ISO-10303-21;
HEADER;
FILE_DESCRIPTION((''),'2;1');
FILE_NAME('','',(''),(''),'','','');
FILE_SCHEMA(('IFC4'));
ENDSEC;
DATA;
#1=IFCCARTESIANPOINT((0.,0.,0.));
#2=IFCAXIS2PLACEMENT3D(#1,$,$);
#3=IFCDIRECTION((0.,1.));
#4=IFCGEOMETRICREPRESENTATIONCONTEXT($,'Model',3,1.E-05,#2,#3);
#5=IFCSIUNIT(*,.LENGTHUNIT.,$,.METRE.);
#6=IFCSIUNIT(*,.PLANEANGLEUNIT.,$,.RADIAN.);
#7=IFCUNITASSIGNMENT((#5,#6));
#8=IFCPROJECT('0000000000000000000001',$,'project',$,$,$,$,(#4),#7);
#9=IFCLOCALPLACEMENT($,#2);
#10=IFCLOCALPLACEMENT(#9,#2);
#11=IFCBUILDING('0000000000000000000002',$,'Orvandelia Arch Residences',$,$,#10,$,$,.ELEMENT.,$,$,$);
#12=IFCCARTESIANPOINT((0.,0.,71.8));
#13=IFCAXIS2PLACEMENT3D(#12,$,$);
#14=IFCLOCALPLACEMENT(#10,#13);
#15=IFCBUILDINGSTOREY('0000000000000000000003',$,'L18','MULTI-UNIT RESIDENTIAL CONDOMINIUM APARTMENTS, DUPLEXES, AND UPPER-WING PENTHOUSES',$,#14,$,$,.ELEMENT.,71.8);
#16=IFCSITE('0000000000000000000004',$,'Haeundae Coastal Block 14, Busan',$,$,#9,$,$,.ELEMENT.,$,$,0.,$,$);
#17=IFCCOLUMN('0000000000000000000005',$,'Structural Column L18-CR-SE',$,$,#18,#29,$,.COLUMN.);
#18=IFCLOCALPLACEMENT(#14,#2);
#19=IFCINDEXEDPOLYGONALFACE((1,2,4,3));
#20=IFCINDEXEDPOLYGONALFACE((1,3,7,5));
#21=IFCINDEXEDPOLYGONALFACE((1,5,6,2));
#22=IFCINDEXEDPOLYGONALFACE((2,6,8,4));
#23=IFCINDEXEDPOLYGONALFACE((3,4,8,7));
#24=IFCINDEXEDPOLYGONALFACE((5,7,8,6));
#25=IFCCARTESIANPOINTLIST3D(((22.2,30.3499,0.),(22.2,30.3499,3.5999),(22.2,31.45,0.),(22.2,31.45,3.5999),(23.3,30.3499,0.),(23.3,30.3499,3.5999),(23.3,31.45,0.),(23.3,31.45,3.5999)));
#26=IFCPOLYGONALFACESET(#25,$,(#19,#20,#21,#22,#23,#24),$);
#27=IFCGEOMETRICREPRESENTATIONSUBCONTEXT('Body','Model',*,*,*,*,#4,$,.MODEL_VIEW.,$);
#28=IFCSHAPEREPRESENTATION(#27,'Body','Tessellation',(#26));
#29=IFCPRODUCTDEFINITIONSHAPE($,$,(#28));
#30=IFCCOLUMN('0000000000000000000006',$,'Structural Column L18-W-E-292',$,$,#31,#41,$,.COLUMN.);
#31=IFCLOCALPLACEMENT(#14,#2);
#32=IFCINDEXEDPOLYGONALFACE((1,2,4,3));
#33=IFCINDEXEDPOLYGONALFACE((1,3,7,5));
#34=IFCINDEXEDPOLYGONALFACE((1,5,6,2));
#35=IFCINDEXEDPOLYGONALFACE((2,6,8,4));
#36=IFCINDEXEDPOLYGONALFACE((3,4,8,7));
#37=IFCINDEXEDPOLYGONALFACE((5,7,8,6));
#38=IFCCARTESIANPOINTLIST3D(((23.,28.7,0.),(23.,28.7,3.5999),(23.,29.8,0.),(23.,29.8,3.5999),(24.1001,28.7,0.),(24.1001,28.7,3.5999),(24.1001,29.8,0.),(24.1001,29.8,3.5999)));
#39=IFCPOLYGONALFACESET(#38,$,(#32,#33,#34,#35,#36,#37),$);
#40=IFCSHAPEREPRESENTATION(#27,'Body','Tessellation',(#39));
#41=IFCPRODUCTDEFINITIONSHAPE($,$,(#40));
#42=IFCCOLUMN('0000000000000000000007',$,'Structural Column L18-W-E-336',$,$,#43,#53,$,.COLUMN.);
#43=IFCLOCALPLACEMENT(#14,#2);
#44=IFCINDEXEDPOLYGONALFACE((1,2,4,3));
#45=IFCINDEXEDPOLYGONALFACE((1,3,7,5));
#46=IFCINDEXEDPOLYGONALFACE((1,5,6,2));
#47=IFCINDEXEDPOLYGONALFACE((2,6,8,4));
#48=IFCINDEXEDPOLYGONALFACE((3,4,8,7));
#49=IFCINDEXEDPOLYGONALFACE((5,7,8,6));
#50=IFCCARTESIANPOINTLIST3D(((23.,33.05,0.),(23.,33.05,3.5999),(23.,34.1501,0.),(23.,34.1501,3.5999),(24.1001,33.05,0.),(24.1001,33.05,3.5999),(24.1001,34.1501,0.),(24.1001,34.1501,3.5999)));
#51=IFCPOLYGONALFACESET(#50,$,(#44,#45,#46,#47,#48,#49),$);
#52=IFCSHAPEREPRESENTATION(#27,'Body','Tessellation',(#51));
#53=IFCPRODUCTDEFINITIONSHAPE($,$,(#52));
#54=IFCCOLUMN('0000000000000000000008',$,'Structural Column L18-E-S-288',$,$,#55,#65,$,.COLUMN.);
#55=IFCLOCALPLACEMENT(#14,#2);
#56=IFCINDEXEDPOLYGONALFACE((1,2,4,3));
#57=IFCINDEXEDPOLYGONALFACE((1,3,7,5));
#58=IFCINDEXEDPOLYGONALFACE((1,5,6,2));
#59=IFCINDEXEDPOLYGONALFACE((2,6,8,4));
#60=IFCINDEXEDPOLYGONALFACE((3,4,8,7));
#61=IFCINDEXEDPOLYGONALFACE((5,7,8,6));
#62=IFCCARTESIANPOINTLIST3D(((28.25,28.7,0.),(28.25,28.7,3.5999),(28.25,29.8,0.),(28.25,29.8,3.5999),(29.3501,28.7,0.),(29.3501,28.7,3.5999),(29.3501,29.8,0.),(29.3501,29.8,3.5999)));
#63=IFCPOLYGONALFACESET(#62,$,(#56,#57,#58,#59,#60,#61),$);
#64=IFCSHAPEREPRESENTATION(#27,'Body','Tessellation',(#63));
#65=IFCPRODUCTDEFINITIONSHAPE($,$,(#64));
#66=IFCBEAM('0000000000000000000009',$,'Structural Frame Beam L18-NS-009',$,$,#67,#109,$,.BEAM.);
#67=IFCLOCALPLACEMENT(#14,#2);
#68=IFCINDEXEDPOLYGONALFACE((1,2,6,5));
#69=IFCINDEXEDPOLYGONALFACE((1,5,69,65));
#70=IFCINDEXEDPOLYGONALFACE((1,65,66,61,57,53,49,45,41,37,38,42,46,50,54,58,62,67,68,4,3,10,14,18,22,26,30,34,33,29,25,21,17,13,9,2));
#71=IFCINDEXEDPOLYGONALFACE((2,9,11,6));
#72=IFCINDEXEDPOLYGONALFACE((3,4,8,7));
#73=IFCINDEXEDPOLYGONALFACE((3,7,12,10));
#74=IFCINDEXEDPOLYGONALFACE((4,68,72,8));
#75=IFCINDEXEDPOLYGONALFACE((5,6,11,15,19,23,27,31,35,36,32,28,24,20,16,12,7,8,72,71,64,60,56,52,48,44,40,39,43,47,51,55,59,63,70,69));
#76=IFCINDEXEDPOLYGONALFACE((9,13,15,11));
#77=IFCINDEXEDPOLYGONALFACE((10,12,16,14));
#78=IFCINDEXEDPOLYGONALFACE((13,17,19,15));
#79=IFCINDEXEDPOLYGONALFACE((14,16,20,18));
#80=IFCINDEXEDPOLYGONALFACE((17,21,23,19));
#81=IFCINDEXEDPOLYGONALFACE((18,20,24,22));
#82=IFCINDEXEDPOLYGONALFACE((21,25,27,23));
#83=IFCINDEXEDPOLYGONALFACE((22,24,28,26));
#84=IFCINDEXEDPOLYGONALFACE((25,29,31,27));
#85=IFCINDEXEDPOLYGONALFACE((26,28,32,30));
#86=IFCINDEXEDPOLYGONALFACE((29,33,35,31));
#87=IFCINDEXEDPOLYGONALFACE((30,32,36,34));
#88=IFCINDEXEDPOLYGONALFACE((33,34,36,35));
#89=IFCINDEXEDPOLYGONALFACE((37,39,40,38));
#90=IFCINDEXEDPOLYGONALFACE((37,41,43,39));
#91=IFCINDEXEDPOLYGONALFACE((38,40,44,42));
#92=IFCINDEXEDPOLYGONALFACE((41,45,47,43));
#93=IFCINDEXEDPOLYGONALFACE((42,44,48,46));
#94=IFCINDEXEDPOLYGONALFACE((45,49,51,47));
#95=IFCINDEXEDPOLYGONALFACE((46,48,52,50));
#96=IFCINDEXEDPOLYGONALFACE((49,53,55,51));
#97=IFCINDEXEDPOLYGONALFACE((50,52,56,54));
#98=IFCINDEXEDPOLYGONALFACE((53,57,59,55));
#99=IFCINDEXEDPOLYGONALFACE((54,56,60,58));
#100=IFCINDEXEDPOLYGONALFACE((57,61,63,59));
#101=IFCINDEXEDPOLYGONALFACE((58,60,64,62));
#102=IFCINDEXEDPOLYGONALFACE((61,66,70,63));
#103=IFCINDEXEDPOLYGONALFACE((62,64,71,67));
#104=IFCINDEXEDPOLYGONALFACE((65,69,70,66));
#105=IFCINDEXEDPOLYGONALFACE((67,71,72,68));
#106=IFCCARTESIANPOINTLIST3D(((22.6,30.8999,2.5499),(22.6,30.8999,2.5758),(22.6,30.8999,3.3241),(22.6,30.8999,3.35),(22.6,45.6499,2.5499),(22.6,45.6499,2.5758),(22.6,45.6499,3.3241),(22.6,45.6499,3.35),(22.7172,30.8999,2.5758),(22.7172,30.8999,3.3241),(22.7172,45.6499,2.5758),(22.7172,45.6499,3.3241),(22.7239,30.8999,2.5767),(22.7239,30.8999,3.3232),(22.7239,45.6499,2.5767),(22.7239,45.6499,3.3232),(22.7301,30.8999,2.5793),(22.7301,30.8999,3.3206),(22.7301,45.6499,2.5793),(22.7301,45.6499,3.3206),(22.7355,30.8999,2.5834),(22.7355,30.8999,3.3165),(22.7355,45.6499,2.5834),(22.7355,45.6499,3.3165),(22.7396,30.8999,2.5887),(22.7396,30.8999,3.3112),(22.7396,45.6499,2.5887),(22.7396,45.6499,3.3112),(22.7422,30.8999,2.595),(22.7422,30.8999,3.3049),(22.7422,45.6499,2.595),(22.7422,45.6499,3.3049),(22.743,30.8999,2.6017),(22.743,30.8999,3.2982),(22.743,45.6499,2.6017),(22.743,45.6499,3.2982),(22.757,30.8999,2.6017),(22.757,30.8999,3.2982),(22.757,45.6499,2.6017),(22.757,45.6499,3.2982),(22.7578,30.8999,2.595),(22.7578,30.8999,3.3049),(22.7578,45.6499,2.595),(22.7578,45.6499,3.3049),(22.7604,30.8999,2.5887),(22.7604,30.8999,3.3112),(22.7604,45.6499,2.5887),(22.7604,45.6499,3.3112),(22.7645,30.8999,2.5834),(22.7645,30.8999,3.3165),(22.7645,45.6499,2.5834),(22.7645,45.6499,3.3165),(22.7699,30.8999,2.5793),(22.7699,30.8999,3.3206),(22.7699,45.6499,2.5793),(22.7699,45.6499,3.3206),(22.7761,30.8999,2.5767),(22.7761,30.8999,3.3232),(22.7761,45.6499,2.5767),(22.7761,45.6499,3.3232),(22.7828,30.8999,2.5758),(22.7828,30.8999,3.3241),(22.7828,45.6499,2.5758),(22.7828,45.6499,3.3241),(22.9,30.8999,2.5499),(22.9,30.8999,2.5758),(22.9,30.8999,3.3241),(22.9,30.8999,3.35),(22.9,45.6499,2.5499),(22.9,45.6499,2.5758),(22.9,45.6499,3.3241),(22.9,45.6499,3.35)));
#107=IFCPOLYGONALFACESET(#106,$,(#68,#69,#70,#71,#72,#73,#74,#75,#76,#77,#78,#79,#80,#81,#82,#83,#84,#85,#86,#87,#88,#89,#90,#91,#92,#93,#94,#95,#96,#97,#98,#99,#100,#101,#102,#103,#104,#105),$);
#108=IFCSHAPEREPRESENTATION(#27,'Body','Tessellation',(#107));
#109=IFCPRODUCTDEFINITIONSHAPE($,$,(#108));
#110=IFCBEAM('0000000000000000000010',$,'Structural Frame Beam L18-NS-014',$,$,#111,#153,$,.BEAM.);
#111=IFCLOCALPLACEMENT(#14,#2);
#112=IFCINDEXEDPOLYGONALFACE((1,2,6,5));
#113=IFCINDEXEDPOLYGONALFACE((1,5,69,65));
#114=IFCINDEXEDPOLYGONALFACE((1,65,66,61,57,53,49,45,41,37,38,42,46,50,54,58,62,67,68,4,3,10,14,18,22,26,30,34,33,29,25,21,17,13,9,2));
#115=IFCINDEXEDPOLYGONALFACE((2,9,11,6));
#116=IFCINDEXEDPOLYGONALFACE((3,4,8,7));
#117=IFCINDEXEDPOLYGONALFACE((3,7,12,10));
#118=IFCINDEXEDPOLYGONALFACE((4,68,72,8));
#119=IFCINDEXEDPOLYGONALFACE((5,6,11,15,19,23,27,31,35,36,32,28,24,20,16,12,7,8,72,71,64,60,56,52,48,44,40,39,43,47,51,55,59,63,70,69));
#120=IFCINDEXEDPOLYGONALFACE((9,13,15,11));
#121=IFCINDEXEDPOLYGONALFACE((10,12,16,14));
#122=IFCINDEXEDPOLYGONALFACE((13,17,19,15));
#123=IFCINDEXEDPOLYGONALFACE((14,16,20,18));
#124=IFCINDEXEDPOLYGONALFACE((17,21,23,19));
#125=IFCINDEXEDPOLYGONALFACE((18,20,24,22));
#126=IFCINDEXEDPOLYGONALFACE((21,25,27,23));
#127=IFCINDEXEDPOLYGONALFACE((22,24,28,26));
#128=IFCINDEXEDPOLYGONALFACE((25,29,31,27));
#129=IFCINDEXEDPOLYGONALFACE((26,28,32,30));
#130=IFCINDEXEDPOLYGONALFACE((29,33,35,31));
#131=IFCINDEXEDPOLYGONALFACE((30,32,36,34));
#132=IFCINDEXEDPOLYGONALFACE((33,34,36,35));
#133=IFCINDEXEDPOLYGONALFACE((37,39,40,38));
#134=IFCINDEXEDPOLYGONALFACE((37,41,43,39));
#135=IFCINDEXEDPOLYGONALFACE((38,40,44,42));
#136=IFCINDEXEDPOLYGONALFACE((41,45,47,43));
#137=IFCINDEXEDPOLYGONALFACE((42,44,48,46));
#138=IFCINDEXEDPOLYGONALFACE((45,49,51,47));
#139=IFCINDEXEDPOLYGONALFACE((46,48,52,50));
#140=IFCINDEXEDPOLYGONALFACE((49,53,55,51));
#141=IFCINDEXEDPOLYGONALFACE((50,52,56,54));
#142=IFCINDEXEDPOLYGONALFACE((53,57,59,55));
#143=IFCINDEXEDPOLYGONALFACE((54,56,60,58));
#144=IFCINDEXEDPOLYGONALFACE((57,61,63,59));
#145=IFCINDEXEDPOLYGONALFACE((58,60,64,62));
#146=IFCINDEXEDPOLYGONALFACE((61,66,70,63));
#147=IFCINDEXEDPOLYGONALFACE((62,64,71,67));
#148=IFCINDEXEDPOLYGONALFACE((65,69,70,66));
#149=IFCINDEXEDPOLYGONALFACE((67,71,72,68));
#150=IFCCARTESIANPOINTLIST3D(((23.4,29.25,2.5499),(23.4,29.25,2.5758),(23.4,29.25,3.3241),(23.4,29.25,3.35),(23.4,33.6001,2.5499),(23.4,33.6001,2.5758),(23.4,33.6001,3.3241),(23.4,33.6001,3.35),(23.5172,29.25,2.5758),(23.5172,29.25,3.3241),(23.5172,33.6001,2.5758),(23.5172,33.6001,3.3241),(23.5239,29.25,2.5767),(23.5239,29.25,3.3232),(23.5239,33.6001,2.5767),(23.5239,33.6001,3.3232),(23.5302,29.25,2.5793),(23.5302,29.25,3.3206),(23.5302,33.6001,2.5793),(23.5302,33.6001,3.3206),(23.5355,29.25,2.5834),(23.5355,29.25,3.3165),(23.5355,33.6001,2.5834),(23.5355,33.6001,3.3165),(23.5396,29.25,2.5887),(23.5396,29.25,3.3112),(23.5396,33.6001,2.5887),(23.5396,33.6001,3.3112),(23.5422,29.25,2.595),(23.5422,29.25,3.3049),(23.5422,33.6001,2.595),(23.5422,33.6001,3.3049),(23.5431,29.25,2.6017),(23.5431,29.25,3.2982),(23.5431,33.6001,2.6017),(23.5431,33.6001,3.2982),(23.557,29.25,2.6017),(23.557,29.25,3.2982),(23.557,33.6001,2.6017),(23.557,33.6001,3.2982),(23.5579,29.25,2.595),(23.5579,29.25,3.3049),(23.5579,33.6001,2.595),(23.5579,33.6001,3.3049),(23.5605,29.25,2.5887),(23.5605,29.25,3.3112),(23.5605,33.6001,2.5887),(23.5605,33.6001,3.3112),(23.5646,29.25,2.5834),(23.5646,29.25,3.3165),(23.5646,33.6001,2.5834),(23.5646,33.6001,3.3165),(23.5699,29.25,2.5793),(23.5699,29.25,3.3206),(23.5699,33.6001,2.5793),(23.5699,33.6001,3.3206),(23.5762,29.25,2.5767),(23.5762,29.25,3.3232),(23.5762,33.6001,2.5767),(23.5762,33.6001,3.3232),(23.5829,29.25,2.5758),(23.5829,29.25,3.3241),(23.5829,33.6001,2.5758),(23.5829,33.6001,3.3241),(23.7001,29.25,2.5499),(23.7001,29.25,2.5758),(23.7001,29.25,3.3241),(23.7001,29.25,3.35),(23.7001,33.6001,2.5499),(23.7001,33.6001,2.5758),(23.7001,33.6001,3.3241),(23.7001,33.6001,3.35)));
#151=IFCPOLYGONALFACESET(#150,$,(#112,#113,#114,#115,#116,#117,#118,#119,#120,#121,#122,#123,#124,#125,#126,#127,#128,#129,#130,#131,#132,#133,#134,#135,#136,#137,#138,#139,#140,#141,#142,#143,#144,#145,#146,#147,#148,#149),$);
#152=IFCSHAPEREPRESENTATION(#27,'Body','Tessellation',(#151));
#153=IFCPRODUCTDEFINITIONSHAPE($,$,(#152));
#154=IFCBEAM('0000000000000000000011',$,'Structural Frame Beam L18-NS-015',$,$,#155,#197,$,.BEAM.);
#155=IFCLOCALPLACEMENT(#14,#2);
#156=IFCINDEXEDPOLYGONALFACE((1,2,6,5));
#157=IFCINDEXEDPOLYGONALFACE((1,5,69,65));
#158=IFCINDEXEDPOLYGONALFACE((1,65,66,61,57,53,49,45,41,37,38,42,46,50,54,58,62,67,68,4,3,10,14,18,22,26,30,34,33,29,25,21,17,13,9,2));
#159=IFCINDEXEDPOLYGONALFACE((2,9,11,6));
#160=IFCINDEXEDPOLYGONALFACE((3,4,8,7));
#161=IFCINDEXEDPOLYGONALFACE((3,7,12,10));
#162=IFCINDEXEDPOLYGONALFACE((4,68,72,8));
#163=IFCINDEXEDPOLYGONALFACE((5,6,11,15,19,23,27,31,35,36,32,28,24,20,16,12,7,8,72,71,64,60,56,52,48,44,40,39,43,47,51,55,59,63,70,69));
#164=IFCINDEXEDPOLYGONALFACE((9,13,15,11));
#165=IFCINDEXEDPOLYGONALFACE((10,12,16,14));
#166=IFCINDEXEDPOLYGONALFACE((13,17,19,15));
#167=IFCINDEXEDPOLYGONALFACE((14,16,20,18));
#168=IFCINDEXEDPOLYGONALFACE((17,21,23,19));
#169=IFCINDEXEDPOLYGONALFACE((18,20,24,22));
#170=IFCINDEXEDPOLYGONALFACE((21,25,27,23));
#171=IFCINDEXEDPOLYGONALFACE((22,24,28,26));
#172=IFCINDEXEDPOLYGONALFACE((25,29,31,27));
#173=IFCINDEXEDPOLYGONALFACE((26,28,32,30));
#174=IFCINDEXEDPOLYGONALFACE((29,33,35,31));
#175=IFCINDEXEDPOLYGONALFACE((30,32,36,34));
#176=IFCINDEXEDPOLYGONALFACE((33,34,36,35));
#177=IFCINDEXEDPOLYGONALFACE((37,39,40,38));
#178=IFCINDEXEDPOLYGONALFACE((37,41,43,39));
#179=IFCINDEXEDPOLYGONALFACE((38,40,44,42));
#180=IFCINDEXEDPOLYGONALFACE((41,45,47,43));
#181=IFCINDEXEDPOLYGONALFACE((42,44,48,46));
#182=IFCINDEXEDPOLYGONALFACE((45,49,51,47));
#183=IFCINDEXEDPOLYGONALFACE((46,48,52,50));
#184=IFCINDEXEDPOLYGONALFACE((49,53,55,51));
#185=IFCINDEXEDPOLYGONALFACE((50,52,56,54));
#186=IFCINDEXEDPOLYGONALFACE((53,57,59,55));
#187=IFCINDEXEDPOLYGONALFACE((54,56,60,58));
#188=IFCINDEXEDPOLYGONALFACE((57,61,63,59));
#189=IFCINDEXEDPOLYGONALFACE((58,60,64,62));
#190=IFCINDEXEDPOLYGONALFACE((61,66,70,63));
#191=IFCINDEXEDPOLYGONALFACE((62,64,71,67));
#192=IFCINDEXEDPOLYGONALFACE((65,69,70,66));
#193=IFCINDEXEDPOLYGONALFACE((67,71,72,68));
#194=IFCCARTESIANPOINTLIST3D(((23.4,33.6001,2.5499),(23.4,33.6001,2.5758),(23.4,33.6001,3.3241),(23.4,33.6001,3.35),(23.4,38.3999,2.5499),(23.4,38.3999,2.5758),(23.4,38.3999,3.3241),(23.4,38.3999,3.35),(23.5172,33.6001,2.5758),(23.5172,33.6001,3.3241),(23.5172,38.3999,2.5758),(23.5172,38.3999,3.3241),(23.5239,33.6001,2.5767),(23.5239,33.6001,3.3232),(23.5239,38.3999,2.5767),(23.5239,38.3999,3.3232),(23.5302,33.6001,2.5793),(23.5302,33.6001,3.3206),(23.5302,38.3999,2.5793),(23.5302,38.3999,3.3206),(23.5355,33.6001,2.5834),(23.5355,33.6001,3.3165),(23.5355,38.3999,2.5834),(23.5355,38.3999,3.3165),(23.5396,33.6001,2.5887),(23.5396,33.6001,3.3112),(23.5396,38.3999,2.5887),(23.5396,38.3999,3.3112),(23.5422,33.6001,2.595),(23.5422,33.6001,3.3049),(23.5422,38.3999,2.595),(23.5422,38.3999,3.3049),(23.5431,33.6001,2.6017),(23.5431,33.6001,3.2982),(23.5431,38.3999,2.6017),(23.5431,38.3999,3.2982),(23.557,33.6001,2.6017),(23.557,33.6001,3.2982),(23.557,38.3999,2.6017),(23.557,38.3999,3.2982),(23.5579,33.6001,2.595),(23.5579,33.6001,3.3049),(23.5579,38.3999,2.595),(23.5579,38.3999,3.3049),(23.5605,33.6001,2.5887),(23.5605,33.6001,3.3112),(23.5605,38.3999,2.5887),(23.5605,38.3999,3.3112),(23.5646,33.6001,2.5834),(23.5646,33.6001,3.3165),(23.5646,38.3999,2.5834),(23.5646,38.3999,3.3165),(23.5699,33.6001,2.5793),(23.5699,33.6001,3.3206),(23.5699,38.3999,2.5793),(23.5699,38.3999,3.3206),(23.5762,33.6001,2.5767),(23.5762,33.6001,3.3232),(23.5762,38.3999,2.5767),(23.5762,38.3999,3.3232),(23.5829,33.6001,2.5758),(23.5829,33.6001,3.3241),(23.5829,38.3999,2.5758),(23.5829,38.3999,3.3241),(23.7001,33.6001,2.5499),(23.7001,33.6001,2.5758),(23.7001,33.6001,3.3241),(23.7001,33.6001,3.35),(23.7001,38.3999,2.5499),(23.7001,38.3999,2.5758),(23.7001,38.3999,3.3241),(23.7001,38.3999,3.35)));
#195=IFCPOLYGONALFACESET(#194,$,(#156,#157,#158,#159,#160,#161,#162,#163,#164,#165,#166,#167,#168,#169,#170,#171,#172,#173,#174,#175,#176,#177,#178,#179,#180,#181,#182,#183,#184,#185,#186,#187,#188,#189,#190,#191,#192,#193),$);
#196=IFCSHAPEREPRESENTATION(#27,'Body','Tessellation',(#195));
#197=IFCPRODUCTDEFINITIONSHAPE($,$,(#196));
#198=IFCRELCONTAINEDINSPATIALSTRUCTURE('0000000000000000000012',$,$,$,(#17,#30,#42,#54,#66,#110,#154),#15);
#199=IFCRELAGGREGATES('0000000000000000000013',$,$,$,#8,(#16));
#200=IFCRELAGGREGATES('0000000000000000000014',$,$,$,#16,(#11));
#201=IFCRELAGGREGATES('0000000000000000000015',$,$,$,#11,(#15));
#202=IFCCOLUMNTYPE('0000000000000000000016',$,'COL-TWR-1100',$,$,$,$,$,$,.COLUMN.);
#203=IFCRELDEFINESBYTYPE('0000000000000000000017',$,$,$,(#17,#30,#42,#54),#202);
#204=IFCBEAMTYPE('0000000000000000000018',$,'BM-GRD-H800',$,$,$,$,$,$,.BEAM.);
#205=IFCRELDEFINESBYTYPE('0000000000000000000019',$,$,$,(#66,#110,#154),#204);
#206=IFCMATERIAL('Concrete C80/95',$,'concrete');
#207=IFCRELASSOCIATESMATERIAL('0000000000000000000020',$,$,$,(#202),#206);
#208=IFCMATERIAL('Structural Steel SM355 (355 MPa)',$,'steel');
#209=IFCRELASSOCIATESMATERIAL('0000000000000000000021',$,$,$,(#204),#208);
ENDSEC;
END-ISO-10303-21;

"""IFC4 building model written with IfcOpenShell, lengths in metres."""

from ifc_helpers import new_model, si_unit, direction, frame, origin, origin_2d, place, context, subcontext, project, spatial, rectangle, i_section, extrude, material, material_profile, profile_set, type_object, element, save


model = new_model("IFC4")

# Units and contexts
model_context = context("Model", 3, precision=1e-05, world=origin(), true_north=direction((0.0, 1.0)))
body_context = subcontext(model_context, "Body", "Model", "MODEL_VIEW")
ifc_project = project(units=[si_unit("LENGTHUNIT", "METRE"), si_unit("PLANEANGLEUNIT", "RADIAN")], contexts=[model_context])

# Site, building, storey
site_placement = place(None, origin())
site = spatial("IfcSite", under=ifc_project, at=site_placement, Name="Haeundae Coastal Block 14, Busan", CompositionType="ELEMENT", RefElevation=0.0)
building_placement = place(site_placement, origin())
building = spatial("IfcBuilding", under=site, at=building_placement, Name="Orvandelia Arch Residences", CompositionType="ELEMENT")
storey_placement = place(building_placement, frame((0.0, 0.0, 71.8)))
storey = spatial("IfcBuildingStorey", under=building, at=storey_placement, Name="L18", Description="MULTI-UNIT RESIDENTIAL CONDOMINIUM APARTMENTS, DUPLEXES, AND UPPER-WING PENTHOUSES", CompositionType="ELEMENT", Elevation=71.8)

# Columns
ifc_material_1 = material(Name="Concrete C80/95", Category="concrete")
ifc_material_profile_1 = material_profile(ifc_material_1, rectangle(XDim=1.1001, YDim=1.1001, at=origin_2d()), Name="Concrete C80/95", Category="concrete")
ifc_profile_set_1 = profile_set([ifc_material_profile_1], Name="Concrete C80/95")
column_type = type_object("IfcColumnType", Name="COL-TWR-1100", PredefinedType="COLUMN", material=ifc_profile_set_1)
for number, where, z_axis, x_axis, name in (
    (1, (22.75, 30.8999, 0.0), (0.0, 0.0, 1.0), (1.0, 0.0, 0.0), "Structural Column L18-CR-SE"),
    (2, (23.55, 29.25, 0.0), (0.0, 0.0, 1.0), (1.0, 0.0, 0.0), "Structural Column L18-W-E-292"),
    (3, (23.55, 33.6001, 0.0), (0.0, 0.0, 1.0), (1.0, 0.0, 0.0), "Structural Column L18-W-E-336"),
    (4, (28.8, 29.25, 0.0), (0.0, 0.0, 1.0), (1.0, 0.0, 0.0), "Structural Column L18-E-S-288"),
):
    element("IfcColumn", number, at=place(storey_placement, frame(where, z_axis=z_axis, x_axis=x_axis)), inside=storey, type_object=column_type, Name=name, PredefinedType="COLUMN", context=body_context, shape_type="SweptSolid", body=[
        extrude(rectangle(XDim=1.1001, YDim=1.1001, at=origin_2d()), origin(), (0.0, 0.0, 1.0), 3.5999),
    ])

# Beams
ifc_material_2 = material(Name="Structural Steel SM355 (355 MPa)", Category="steel")
ifc_material_profile_2 = material_profile(ifc_material_2, i_section(OverallWidth=0.3, OverallDepth=0.8, WebThickness=0.0139, FlangeThickness=0.0259, FilletRadius=0.0259, at=origin_2d()), Name="Structural Steel SM355 (355 MPa)", Category="steel")
ifc_profile_set_2 = profile_set([ifc_material_profile_2], Name="Structural Steel SM355 (355 MPa)")
beam_type = type_object("IfcBeamType", Name="BM-GRD-H800", PredefinedType="BEAM", material=ifc_profile_set_2)
beam_1_placement = place(storey_placement, frame((22.75, 30.8999, 2.95), z_axis=(0.0, 1.0, 0.0), x_axis=(-1.0, 0.0, 0.0)))
element("IfcBeam", 5, at=beam_1_placement, inside=storey, type_object=beam_type, Name="Structural Frame Beam L18-NS-009", PredefinedType="BEAM", context=body_context, shape_type="SweptSolid", body=[
    extrude(i_section(OverallWidth=0.3, OverallDepth=0.8, WebThickness=0.0139, FlangeThickness=0.0259, FilletRadius=0.0259, at=origin_2d()), origin(), (0.0, 0.0, 1.0), 14.75),
])
beam_2_placement = place(storey_placement, frame((23.55, 29.25, 2.95), z_axis=(0.0, 1.0, 0.0), x_axis=(-1.0, 0.0, 0.0)))
element("IfcBeam", 6, at=beam_2_placement, inside=storey, type_object=beam_type, Name="Structural Frame Beam L18-NS-014", PredefinedType="BEAM", context=body_context, shape_type="SweptSolid", body=[
    extrude(i_section(OverallWidth=0.3, OverallDepth=0.8, WebThickness=0.0139, FlangeThickness=0.0259, FilletRadius=0.0259, at=origin_2d()), origin(), (0.0, 0.0, 1.0), 4.3501),
])
beam_3_placement = place(storey_placement, frame((23.55, 33.6001, 2.95), z_axis=(0.0, 1.0, 0.0), x_axis=(-1.0, 0.0, 0.0)))
element("IfcBeam", 7, at=beam_3_placement, inside=storey, type_object=beam_type, Name="Structural Frame Beam L18-NS-015", PredefinedType="BEAM", context=body_context, shape_type="SweptSolid", body=[
    extrude(i_section(OverallWidth=0.3, OverallDepth=0.8, WebThickness=0.0139, FlangeThickness=0.0259, FilletRadius=0.0259, at=origin_2d()), origin(), (0.0, 0.0, 1.0), 4.7998),
])

save(model, "model.ifc")
